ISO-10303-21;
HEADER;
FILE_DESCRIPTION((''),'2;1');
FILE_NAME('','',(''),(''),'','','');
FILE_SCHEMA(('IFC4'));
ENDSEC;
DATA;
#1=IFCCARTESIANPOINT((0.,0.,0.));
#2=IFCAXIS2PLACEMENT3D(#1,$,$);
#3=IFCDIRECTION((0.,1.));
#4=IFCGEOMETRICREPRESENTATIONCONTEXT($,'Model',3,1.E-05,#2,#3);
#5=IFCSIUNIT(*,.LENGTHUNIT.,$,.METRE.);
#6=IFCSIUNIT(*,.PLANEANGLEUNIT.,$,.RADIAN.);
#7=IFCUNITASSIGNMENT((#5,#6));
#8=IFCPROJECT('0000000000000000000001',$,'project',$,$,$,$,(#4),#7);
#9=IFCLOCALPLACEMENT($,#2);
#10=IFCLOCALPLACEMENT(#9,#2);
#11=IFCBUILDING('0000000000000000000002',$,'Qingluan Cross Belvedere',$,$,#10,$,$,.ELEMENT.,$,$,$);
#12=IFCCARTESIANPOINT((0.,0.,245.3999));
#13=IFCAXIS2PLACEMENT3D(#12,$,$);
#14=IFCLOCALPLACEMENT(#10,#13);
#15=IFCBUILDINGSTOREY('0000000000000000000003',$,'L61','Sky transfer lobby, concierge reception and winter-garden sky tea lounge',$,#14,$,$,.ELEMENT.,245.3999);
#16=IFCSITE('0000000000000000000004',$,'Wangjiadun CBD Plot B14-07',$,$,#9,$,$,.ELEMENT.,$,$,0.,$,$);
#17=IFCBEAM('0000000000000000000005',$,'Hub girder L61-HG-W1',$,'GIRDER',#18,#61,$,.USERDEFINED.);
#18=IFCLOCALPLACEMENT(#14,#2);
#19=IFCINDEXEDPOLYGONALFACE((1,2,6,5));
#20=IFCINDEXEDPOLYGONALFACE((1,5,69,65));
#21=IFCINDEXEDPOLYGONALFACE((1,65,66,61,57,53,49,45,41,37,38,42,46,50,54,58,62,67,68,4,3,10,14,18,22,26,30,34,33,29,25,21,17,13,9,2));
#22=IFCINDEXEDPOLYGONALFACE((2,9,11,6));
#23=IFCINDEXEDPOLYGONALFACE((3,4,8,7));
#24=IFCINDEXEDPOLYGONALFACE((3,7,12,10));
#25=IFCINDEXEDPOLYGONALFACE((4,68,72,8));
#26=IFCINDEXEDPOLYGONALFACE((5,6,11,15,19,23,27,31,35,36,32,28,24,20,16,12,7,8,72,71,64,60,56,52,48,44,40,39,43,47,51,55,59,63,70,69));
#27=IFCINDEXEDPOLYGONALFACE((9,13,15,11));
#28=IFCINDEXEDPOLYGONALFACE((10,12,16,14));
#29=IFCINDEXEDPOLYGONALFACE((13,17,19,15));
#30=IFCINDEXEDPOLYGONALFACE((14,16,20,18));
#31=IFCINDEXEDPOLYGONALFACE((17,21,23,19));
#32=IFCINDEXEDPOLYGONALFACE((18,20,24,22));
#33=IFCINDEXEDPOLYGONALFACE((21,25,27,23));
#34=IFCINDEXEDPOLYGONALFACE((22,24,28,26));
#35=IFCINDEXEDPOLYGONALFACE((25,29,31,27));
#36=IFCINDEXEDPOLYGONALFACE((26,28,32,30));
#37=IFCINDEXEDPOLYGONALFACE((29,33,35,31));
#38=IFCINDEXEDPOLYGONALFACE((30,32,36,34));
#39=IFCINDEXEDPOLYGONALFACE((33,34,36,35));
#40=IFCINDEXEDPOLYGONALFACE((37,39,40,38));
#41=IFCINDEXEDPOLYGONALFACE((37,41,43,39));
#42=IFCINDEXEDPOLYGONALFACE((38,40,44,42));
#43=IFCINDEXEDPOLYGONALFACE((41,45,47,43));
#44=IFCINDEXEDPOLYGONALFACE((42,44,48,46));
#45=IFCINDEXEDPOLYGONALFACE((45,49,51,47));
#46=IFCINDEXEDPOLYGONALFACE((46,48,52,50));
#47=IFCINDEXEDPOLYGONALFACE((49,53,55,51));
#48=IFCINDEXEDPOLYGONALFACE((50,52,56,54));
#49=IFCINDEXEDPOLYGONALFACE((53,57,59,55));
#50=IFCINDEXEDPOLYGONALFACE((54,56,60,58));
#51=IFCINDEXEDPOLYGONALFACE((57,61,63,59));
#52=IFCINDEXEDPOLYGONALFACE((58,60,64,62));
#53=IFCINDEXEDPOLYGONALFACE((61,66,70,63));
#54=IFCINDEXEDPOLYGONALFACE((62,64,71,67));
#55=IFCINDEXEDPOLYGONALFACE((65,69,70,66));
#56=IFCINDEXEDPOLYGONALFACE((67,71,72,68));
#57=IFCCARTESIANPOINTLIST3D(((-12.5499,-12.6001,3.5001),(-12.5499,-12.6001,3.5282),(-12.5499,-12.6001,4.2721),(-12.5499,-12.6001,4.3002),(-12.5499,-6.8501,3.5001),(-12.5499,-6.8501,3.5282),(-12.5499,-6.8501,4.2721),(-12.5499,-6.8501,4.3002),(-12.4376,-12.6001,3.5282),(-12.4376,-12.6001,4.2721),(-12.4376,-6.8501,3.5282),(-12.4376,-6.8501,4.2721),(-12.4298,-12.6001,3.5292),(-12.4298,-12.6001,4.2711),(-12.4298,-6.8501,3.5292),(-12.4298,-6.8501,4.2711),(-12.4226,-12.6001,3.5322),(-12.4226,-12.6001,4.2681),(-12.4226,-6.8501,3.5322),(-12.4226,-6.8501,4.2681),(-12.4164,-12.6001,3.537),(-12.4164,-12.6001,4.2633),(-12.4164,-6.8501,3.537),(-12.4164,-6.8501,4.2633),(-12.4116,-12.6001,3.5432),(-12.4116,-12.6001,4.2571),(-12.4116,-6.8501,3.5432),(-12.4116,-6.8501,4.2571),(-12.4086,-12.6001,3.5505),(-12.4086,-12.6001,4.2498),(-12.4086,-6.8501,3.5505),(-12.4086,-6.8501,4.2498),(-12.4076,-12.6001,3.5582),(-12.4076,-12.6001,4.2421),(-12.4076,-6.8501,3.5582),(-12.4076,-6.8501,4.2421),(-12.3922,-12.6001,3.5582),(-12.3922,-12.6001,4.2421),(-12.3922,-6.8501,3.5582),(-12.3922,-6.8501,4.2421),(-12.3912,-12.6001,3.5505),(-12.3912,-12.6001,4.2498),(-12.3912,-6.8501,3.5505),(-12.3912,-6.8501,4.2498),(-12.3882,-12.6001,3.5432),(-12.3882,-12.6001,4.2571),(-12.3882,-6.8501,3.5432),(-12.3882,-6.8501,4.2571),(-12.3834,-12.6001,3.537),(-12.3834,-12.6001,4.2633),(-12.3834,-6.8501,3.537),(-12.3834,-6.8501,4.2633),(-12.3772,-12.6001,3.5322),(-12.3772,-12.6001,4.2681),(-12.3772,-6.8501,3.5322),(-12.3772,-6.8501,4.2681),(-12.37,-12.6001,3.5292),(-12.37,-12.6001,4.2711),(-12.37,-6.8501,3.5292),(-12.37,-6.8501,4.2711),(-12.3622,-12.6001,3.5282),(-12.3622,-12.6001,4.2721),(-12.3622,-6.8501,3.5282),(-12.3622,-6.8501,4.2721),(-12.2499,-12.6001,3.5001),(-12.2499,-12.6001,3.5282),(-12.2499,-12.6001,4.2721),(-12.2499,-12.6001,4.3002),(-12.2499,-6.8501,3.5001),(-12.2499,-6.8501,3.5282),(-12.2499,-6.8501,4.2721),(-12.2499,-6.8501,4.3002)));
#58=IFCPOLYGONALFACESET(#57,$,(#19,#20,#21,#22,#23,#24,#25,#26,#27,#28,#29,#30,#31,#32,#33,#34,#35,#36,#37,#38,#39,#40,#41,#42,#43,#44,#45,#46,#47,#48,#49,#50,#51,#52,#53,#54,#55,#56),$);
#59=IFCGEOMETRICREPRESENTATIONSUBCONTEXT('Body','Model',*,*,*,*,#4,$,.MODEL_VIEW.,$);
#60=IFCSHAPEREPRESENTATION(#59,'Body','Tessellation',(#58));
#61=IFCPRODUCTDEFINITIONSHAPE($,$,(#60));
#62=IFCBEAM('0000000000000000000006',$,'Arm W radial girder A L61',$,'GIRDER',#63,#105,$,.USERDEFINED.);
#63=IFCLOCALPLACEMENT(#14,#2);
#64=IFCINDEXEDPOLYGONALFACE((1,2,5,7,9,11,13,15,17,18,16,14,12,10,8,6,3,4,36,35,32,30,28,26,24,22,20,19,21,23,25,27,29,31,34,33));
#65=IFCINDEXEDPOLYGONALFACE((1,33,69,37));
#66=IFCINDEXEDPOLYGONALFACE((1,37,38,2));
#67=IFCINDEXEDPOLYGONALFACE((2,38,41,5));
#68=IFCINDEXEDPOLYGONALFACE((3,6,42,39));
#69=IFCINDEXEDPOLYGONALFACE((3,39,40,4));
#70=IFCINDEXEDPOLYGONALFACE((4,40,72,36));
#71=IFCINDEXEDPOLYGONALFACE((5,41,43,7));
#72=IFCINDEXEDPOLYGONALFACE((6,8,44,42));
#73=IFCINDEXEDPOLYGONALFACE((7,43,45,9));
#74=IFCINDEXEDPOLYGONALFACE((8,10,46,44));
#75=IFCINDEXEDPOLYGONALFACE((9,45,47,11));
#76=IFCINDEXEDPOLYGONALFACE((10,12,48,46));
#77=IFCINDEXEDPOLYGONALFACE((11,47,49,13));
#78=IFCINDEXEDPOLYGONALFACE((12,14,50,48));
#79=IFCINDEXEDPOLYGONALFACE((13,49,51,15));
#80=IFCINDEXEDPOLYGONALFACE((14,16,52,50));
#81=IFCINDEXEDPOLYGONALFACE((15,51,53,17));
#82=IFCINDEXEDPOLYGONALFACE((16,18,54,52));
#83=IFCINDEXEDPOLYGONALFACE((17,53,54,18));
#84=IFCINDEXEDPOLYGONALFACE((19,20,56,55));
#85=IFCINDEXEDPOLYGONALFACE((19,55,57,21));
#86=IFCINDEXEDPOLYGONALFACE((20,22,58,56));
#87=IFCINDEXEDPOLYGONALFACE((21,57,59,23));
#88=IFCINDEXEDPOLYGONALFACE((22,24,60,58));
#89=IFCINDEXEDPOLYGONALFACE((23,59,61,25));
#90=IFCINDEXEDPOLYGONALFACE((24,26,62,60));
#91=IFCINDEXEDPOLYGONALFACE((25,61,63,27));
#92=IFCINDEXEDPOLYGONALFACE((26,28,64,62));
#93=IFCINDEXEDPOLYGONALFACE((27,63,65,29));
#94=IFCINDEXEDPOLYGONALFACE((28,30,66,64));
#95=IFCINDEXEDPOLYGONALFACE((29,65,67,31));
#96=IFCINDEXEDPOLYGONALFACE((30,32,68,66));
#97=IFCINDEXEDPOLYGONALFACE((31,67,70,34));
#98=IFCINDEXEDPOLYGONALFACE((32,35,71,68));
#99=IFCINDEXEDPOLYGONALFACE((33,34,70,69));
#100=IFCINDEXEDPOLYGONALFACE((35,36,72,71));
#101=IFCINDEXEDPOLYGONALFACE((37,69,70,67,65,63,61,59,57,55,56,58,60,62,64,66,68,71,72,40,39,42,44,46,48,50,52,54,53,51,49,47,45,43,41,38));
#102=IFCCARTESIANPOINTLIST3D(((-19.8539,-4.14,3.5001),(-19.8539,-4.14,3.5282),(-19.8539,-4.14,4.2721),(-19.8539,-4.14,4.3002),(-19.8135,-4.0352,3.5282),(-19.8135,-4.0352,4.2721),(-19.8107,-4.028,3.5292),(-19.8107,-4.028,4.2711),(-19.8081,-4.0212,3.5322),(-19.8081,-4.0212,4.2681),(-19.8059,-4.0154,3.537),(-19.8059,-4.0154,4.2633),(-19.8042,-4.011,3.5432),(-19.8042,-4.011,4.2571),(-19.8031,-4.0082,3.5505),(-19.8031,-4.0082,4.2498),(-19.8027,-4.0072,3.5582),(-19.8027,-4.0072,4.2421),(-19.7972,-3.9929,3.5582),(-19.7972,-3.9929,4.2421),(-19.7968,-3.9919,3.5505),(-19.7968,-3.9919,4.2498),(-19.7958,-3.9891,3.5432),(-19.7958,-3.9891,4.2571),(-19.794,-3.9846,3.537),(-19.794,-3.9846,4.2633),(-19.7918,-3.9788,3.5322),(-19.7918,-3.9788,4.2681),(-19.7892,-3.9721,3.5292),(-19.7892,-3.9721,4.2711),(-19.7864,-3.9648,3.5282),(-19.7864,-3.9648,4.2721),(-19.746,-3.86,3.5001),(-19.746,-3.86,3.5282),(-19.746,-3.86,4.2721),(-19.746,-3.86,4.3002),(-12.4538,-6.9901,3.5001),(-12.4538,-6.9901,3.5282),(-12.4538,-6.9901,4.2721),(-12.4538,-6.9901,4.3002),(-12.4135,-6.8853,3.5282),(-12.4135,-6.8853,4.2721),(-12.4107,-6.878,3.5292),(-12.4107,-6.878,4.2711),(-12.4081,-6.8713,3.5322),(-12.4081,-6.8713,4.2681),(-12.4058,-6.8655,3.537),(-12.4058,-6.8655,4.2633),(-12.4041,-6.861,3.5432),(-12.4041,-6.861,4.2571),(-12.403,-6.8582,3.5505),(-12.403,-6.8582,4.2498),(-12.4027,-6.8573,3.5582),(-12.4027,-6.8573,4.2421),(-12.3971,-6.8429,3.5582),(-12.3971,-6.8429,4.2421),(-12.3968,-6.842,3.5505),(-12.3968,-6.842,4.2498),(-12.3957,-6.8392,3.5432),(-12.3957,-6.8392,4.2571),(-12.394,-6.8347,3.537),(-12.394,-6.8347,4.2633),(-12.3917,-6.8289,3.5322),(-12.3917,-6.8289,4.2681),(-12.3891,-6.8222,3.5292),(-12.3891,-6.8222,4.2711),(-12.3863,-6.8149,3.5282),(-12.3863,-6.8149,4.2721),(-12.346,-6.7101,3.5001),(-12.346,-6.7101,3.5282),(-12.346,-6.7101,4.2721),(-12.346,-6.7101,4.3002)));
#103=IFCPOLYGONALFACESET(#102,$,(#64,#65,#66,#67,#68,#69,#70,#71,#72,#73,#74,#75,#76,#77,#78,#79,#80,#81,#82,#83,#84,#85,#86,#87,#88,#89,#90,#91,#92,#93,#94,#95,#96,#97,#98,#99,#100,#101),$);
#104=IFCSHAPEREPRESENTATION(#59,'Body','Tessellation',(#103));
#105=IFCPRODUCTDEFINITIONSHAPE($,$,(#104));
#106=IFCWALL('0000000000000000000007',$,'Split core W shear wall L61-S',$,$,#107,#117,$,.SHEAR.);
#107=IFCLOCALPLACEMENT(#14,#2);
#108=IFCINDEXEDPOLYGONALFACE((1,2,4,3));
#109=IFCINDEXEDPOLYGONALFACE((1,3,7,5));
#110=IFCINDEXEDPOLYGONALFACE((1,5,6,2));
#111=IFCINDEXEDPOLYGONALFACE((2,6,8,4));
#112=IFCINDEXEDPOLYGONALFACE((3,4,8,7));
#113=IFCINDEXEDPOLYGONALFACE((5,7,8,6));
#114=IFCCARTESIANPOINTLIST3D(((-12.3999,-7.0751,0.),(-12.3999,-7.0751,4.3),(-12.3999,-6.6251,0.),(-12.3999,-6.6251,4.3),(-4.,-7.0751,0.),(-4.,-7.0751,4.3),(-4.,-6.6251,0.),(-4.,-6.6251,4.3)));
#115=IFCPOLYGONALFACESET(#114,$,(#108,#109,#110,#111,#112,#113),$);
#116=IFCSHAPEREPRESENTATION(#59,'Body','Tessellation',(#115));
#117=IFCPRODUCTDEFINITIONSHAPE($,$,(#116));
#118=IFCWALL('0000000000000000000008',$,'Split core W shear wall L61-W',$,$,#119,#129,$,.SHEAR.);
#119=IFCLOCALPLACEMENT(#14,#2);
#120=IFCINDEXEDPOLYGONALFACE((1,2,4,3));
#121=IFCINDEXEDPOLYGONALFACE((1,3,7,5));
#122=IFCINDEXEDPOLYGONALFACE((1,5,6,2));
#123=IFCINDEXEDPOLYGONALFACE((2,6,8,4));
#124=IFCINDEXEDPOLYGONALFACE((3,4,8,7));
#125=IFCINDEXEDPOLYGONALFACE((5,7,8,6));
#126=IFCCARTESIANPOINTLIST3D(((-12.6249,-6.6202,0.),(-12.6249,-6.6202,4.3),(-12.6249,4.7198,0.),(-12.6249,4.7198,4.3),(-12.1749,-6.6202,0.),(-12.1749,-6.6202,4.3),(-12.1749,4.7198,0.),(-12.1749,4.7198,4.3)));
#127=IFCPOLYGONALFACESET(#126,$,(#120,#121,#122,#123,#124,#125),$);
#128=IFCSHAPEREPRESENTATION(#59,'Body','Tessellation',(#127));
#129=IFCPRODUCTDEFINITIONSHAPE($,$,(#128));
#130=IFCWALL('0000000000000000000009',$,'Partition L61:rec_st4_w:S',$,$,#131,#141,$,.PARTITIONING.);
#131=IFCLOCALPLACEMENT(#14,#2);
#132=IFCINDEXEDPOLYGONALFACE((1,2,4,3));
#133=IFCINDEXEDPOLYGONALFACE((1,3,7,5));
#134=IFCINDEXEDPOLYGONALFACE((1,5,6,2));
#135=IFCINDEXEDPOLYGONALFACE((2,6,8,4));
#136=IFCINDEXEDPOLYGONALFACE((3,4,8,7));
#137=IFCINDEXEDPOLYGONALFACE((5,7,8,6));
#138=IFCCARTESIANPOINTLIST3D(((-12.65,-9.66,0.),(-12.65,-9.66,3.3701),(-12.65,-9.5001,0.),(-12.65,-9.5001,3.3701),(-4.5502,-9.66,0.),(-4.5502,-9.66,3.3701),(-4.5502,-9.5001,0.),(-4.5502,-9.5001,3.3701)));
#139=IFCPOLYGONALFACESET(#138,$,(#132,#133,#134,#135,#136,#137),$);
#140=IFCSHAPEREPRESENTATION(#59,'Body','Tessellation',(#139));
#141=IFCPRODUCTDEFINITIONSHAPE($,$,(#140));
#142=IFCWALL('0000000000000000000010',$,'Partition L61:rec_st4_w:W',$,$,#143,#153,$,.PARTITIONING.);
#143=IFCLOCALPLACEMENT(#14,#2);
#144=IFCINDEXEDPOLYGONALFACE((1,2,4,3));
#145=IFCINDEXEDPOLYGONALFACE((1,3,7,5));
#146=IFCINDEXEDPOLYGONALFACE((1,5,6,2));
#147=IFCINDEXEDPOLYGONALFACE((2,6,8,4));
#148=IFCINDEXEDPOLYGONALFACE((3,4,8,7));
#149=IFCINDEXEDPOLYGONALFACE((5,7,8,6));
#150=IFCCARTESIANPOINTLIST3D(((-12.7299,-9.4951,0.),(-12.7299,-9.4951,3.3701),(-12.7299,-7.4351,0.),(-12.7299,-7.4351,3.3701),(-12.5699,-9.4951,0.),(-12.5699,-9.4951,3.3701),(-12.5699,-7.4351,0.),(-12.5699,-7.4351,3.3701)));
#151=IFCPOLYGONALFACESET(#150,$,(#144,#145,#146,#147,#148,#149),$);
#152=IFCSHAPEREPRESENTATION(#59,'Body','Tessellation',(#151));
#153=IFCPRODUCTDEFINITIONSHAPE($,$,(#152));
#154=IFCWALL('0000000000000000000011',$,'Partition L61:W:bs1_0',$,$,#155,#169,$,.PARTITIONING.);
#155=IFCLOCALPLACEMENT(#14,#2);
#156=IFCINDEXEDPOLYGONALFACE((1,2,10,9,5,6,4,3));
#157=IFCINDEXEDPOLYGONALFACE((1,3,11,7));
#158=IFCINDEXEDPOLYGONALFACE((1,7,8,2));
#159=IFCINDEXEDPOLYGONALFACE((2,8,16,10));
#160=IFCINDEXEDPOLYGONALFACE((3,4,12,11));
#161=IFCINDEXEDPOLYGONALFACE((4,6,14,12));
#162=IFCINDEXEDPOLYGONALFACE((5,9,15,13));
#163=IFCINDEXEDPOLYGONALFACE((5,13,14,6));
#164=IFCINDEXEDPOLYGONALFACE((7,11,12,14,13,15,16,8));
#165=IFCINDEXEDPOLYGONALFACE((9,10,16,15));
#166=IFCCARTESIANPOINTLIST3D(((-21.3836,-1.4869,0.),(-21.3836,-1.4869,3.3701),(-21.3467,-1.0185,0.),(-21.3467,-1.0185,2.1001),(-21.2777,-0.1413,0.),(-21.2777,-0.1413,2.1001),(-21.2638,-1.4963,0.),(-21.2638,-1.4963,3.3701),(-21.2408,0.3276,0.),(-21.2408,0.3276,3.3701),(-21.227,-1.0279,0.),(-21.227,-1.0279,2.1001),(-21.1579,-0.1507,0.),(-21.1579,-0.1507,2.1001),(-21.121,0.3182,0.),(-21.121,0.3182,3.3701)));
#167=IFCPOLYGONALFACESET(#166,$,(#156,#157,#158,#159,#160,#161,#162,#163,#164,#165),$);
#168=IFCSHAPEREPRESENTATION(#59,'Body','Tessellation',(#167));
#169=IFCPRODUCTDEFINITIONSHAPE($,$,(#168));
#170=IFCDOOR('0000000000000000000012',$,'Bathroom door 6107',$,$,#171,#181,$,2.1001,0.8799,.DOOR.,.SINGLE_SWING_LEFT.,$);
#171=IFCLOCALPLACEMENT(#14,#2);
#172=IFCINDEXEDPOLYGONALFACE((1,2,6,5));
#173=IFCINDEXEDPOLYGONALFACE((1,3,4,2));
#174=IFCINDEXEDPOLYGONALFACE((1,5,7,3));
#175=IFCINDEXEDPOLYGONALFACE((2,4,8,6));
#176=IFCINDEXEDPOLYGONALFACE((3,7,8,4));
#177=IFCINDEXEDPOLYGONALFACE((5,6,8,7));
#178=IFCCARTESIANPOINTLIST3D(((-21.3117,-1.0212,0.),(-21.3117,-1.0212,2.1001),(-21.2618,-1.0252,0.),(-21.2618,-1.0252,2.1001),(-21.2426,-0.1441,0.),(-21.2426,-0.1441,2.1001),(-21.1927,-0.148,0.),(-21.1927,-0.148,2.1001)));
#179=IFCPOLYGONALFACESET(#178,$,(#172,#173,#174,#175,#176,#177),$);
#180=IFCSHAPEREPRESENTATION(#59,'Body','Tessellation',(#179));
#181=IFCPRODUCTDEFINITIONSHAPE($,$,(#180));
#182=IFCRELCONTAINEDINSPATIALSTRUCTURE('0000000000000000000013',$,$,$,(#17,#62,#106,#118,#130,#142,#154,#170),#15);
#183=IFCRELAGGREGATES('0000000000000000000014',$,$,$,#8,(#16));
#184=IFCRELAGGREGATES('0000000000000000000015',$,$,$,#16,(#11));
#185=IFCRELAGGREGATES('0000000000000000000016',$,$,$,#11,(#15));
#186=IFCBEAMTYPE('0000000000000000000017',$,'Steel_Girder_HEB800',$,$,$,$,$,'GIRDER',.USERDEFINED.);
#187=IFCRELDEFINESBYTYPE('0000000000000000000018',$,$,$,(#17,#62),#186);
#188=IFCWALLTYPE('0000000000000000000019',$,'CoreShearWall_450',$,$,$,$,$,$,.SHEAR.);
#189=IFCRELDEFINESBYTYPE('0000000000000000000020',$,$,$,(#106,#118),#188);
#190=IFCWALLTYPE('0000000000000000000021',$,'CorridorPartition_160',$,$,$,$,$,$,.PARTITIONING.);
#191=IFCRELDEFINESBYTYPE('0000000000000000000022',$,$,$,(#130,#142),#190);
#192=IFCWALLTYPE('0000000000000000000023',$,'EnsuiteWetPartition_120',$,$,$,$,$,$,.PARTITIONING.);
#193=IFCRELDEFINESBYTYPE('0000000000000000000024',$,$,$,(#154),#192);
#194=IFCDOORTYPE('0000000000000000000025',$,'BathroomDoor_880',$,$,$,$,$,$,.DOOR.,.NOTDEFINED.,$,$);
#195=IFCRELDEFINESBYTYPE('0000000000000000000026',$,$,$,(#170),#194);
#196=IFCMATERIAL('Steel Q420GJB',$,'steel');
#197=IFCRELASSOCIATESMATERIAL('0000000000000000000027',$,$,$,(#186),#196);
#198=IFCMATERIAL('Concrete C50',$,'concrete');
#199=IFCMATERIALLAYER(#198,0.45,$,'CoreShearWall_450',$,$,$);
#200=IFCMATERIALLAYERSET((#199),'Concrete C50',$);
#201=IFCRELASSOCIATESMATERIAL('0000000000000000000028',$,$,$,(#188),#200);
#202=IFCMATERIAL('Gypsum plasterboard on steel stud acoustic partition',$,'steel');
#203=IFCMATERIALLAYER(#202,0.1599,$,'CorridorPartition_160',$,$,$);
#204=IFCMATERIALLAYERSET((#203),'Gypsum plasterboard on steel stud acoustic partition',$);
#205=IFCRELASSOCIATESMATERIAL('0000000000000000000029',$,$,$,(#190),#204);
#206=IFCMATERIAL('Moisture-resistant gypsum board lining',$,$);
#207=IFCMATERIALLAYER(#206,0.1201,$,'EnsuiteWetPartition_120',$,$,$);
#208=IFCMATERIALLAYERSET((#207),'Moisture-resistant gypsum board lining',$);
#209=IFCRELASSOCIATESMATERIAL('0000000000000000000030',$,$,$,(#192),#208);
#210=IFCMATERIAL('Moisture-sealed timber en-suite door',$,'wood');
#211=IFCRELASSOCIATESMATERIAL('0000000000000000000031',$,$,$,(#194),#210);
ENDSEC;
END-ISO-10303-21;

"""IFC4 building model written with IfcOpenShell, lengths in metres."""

from ifc_helpers import new_model, si_unit, direction, frame, frame_2d, origin, origin_2d, place, context, subcontext, project, spatial, rectangle, i_section, extrude, material, layer, layer_set, material_profile, profile_set, type_object, element, fill, save


model = new_model("IFC4")

# Units and contexts
model_context = context("Model", 3, precision=1e-05, world=origin(), true_north=direction((0.0, 1.0)))
body_context = subcontext(model_context, "Body", "Model", "MODEL_VIEW")
ifc_project = project(units=[si_unit("LENGTHUNIT", "METRE"), si_unit("PLANEANGLEUNIT", "RADIAN")], contexts=[model_context])

# Site, building, storey
site_placement = place(None, origin())
site = spatial("IfcSite", under=ifc_project, at=site_placement, Name="Wangjiadun CBD Plot B14-07", CompositionType="ELEMENT", RefElevation=0.0)
building_placement = place(site_placement, origin())
building = spatial("IfcBuilding", under=site, at=building_placement, Name="Qingluan Cross Belvedere", CompositionType="ELEMENT")
storey_placement = place(building_placement, frame((0.0, 0.0, 245.3999)))
storey = spatial("IfcBuildingStorey", under=building, at=storey_placement, Name="L61", Description="Sky transfer lobby, concierge reception and winter-garden sky tea lounge", CompositionType="ELEMENT", Elevation=245.3999)

# Beams
ifc_material_1 = material(Name="Steel Q420GJB", Category="steel")
ifc_material_profile_1 = material_profile(ifc_material_1, i_section(OverallWidth=0.3, OverallDepth=0.8, WebThickness=0.0154, FlangeThickness=0.0281, FilletRadius=0.03, at=origin_2d()), Name="HEB800")
ifc_profile_set_1 = profile_set([ifc_material_profile_1], Name="Steel Q420GJB")
beam_type_1 = type_object("IfcBeamType", Name="Steel_Girder_HEB800", ElementType="GIRDER", PredefinedType="USERDEFINED", material=ifc_profile_set_1)
beam_1_placement = place(storey_placement, frame((-12.3999, -12.6001, 3.9001), z_axis=(0.0, 1.0, 0.0), x_axis=(-1.0, 0.0, 0.0)))
element("IfcBeam", 1, at=beam_1_placement, inside=storey, type_object=beam_type_1, Name="Hub girder L61-HG-W1", ObjectType="GIRDER", PredefinedType="USERDEFINED", context=body_context, shape_type="SweptSolid", body=[
    extrude(i_section(OverallWidth=0.3, OverallDepth=0.8, WebThickness=0.0154, FlangeThickness=0.0281, FilletRadius=0.03, at=origin_2d()), origin(), (0.0, 0.0, 1.0), 5.75),
])
beam_2_placement = place(storey_placement, frame((-12.3999, -6.8501, 3.9001), z_axis=(-0.933181, 0.359406, 0.0), x_axis=(-0.359406, -0.933181, 0.0)))
element("IfcBeam", 2, at=beam_2_placement, inside=storey, type_object=beam_type_1, Name="Arm W radial girder A L61", ObjectType="GIRDER", PredefinedType="USERDEFINED", context=body_context, shape_type="SweptSolid", body=[
    extrude(i_section(OverallWidth=0.3, OverallDepth=0.8, WebThickness=0.0154, FlangeThickness=0.0281, FilletRadius=0.03, at=origin_2d()), origin(), (0.0, 0.0, 1.0), 7.9299),
])

# Walls
ifc_material_2 = material(Name="Concrete C50", Category="concrete")
ifc_layer_1 = layer(ifc_material_2, 0.45, Name="CoreShearWall_450")
ifc_layer_set_1 = layer_set([ifc_layer_1], Name="Concrete C50")
wall_type_1 = type_object("IfcWallType", Name="CoreShearWall_450", PredefinedType="SHEAR", material=ifc_layer_set_1)
wall_1_placement = place(storey_placement, frame((-12.3999, -6.8501, 0.0), z_axis=(0.0, 0.0, 1.0), x_axis=(1.0, 0.0, 0.0)))
element("IfcWall", 3, at=wall_1_placement, inside=storey, type_object=wall_type_1, Name="Split core W shear wall L61-S", PredefinedType="SHEAR", context=body_context, shape_type="SweptSolid", body=[
    extrude(rectangle(XDim=8.3999, YDim=0.45, at=frame_2d((4.2, 0.0))), origin(), (0.0, 0.0, 1.0), 4.3),
])
wall_2_placement = place(storey_placement, frame((-12.3999, -6.6201, 0.0), z_axis=(0.0, 0.0, 1.0), x_axis=(0.0, 1.0, 0.0)))
element("IfcWall", 4, at=wall_2_placement, inside=storey, type_object=wall_type_1, Name="Split core W shear wall L61-W", PredefinedType="SHEAR", context=body_context, shape_type="SweptSolid", body=[
    extrude(rectangle(XDim=11.3401, YDim=0.45, at=frame_2d((5.6699, 0.0))), origin(), (0.0, 0.0, 1.0), 4.3),
])
ifc_material_3 = material(Name="Gypsum plasterboard on steel stud acoustic partition", Category="steel")
ifc_layer_2 = layer(ifc_material_3, 0.1599, Name="CorridorPartition_160")
ifc_layer_set_2 = layer_set([ifc_layer_2], Name="Gypsum plasterboard on steel stud acoustic partition")
wall_type_2 = type_object("IfcWallType", Name="CorridorPartition_160", PredefinedType="PARTITIONING", material=ifc_layer_set_2)
wall_3_placement = place(storey_placement, frame((-12.6499, -9.5801, 0.0), z_axis=(0.0, 0.0, 1.0), x_axis=(1.0, 0.0, 0.0)))
element("IfcWall", 5, at=wall_3_placement, inside=storey, type_object=wall_type_2, Name="Partition L61:rec_st4_w:S", PredefinedType="PARTITIONING", context=body_context, shape_type="SweptSolid", body=[
    extrude(rectangle(XDim=8.0999, YDim=0.1599, at=frame_2d((4.0498, 0.0))), origin(), (0.0, 0.0, 1.0), 3.3701),
])
wall_4_placement = place(storey_placement, frame((-12.6499, -9.4951, 0.0), z_axis=(0.0, 0.0, 1.0), x_axis=(0.0, 1.0, 0.0)))
element("IfcWall", 6, at=wall_4_placement, inside=storey, type_object=wall_type_2, Name="Partition L61:rec_st4_w:W", PredefinedType="PARTITIONING", context=body_context, shape_type="SweptSolid", body=[
    extrude(rectangle(XDim=2.0601, YDim=0.1599, at=frame_2d((1.03, 0.0))), origin(), (0.0, 0.0, 1.0), 3.3701),
])

# Wall, opening, door
ifc_material_4 = material(Name="Moisture-resistant gypsum board lining")
ifc_layer_3 = layer(ifc_material_4, 0.1201, Name="EnsuiteWetPartition_120")
ifc_layer_set_3 = layer_set([ifc_layer_3], Name="Moisture-resistant gypsum board lining")
wall_type_3 = type_object("IfcWallType", Name="EnsuiteWetPartition_120", PredefinedType="PARTITIONING", material=ifc_layer_set_3)
wall_5_placement = place(storey_placement, frame((-21.3237, -1.4917, 0.0), z_axis=(0.0, 0.0, 1.0), x_axis=(0.078471, 0.996916, 0.0)))
wall_5 = element("IfcWall", 7, at=wall_5_placement, inside=storey, type_object=wall_type_3, Name="Partition L61:W:bs1_0", PredefinedType="PARTITIONING", context=body_context, shape_type="SweptSolid", body=[
    extrude(rectangle(XDim=1.8201, YDim=0.1201, at=frame_2d((0.9102, 0.0))), origin(), (0.0, 0.0, 1.0), 3.3701),
])
opening_1_placement = place(wall_5_placement, frame((0.47, 0.0, 0.0)))
opening_1 = element("IfcOpeningElement", 8, at=opening_1_placement, cuts=wall_5, PredefinedType="OPENING", context=body_context, shape_type="SweptSolid", body=[
    extrude(rectangle(XDim=0.8799, YDim=2.1001, at=frame_2d((0.4399, 1.05))), frame((0.0, 0.0701, 0.0), z_axis=(0.0, -1.0, 0.0), x_axis=(1.0, 0.0, 0.0)), (0.0, 0.0, 1.0), 0.1401),
])
ifc_material_5 = material(Name="Moisture-sealed timber en-suite door", Category="wood")
door_type = type_object("IfcDoorType", Name="BathroomDoor_880", OperationType="NOTDEFINED", PredefinedType="DOOR", material=ifc_material_5)
door_1_placement = place(opening_1_placement, origin())
door_1 = element("IfcDoor", 9, at=door_1_placement, inside=storey, type_object=door_type, Name="Bathroom door 6107", OperationType="SINGLE_SWING_LEFT", OverallHeight=2.1001, OverallWidth=0.8799, PredefinedType="DOOR", context=body_context, shape_type="SweptSolid", body=[
    extrude(rectangle(XDim=0.8799, YDim=2.1001, at=frame_2d((0.4399, 1.05))), frame((0.0, 0.0249, 0.0), z_axis=(0.0, -1.0, 0.0), x_axis=(1.0, 0.0, 0.0)), (0.0, 0.0, 1.0), 0.05),
])
fill(opening_1, door_1)

save(model, "model.ifc")
